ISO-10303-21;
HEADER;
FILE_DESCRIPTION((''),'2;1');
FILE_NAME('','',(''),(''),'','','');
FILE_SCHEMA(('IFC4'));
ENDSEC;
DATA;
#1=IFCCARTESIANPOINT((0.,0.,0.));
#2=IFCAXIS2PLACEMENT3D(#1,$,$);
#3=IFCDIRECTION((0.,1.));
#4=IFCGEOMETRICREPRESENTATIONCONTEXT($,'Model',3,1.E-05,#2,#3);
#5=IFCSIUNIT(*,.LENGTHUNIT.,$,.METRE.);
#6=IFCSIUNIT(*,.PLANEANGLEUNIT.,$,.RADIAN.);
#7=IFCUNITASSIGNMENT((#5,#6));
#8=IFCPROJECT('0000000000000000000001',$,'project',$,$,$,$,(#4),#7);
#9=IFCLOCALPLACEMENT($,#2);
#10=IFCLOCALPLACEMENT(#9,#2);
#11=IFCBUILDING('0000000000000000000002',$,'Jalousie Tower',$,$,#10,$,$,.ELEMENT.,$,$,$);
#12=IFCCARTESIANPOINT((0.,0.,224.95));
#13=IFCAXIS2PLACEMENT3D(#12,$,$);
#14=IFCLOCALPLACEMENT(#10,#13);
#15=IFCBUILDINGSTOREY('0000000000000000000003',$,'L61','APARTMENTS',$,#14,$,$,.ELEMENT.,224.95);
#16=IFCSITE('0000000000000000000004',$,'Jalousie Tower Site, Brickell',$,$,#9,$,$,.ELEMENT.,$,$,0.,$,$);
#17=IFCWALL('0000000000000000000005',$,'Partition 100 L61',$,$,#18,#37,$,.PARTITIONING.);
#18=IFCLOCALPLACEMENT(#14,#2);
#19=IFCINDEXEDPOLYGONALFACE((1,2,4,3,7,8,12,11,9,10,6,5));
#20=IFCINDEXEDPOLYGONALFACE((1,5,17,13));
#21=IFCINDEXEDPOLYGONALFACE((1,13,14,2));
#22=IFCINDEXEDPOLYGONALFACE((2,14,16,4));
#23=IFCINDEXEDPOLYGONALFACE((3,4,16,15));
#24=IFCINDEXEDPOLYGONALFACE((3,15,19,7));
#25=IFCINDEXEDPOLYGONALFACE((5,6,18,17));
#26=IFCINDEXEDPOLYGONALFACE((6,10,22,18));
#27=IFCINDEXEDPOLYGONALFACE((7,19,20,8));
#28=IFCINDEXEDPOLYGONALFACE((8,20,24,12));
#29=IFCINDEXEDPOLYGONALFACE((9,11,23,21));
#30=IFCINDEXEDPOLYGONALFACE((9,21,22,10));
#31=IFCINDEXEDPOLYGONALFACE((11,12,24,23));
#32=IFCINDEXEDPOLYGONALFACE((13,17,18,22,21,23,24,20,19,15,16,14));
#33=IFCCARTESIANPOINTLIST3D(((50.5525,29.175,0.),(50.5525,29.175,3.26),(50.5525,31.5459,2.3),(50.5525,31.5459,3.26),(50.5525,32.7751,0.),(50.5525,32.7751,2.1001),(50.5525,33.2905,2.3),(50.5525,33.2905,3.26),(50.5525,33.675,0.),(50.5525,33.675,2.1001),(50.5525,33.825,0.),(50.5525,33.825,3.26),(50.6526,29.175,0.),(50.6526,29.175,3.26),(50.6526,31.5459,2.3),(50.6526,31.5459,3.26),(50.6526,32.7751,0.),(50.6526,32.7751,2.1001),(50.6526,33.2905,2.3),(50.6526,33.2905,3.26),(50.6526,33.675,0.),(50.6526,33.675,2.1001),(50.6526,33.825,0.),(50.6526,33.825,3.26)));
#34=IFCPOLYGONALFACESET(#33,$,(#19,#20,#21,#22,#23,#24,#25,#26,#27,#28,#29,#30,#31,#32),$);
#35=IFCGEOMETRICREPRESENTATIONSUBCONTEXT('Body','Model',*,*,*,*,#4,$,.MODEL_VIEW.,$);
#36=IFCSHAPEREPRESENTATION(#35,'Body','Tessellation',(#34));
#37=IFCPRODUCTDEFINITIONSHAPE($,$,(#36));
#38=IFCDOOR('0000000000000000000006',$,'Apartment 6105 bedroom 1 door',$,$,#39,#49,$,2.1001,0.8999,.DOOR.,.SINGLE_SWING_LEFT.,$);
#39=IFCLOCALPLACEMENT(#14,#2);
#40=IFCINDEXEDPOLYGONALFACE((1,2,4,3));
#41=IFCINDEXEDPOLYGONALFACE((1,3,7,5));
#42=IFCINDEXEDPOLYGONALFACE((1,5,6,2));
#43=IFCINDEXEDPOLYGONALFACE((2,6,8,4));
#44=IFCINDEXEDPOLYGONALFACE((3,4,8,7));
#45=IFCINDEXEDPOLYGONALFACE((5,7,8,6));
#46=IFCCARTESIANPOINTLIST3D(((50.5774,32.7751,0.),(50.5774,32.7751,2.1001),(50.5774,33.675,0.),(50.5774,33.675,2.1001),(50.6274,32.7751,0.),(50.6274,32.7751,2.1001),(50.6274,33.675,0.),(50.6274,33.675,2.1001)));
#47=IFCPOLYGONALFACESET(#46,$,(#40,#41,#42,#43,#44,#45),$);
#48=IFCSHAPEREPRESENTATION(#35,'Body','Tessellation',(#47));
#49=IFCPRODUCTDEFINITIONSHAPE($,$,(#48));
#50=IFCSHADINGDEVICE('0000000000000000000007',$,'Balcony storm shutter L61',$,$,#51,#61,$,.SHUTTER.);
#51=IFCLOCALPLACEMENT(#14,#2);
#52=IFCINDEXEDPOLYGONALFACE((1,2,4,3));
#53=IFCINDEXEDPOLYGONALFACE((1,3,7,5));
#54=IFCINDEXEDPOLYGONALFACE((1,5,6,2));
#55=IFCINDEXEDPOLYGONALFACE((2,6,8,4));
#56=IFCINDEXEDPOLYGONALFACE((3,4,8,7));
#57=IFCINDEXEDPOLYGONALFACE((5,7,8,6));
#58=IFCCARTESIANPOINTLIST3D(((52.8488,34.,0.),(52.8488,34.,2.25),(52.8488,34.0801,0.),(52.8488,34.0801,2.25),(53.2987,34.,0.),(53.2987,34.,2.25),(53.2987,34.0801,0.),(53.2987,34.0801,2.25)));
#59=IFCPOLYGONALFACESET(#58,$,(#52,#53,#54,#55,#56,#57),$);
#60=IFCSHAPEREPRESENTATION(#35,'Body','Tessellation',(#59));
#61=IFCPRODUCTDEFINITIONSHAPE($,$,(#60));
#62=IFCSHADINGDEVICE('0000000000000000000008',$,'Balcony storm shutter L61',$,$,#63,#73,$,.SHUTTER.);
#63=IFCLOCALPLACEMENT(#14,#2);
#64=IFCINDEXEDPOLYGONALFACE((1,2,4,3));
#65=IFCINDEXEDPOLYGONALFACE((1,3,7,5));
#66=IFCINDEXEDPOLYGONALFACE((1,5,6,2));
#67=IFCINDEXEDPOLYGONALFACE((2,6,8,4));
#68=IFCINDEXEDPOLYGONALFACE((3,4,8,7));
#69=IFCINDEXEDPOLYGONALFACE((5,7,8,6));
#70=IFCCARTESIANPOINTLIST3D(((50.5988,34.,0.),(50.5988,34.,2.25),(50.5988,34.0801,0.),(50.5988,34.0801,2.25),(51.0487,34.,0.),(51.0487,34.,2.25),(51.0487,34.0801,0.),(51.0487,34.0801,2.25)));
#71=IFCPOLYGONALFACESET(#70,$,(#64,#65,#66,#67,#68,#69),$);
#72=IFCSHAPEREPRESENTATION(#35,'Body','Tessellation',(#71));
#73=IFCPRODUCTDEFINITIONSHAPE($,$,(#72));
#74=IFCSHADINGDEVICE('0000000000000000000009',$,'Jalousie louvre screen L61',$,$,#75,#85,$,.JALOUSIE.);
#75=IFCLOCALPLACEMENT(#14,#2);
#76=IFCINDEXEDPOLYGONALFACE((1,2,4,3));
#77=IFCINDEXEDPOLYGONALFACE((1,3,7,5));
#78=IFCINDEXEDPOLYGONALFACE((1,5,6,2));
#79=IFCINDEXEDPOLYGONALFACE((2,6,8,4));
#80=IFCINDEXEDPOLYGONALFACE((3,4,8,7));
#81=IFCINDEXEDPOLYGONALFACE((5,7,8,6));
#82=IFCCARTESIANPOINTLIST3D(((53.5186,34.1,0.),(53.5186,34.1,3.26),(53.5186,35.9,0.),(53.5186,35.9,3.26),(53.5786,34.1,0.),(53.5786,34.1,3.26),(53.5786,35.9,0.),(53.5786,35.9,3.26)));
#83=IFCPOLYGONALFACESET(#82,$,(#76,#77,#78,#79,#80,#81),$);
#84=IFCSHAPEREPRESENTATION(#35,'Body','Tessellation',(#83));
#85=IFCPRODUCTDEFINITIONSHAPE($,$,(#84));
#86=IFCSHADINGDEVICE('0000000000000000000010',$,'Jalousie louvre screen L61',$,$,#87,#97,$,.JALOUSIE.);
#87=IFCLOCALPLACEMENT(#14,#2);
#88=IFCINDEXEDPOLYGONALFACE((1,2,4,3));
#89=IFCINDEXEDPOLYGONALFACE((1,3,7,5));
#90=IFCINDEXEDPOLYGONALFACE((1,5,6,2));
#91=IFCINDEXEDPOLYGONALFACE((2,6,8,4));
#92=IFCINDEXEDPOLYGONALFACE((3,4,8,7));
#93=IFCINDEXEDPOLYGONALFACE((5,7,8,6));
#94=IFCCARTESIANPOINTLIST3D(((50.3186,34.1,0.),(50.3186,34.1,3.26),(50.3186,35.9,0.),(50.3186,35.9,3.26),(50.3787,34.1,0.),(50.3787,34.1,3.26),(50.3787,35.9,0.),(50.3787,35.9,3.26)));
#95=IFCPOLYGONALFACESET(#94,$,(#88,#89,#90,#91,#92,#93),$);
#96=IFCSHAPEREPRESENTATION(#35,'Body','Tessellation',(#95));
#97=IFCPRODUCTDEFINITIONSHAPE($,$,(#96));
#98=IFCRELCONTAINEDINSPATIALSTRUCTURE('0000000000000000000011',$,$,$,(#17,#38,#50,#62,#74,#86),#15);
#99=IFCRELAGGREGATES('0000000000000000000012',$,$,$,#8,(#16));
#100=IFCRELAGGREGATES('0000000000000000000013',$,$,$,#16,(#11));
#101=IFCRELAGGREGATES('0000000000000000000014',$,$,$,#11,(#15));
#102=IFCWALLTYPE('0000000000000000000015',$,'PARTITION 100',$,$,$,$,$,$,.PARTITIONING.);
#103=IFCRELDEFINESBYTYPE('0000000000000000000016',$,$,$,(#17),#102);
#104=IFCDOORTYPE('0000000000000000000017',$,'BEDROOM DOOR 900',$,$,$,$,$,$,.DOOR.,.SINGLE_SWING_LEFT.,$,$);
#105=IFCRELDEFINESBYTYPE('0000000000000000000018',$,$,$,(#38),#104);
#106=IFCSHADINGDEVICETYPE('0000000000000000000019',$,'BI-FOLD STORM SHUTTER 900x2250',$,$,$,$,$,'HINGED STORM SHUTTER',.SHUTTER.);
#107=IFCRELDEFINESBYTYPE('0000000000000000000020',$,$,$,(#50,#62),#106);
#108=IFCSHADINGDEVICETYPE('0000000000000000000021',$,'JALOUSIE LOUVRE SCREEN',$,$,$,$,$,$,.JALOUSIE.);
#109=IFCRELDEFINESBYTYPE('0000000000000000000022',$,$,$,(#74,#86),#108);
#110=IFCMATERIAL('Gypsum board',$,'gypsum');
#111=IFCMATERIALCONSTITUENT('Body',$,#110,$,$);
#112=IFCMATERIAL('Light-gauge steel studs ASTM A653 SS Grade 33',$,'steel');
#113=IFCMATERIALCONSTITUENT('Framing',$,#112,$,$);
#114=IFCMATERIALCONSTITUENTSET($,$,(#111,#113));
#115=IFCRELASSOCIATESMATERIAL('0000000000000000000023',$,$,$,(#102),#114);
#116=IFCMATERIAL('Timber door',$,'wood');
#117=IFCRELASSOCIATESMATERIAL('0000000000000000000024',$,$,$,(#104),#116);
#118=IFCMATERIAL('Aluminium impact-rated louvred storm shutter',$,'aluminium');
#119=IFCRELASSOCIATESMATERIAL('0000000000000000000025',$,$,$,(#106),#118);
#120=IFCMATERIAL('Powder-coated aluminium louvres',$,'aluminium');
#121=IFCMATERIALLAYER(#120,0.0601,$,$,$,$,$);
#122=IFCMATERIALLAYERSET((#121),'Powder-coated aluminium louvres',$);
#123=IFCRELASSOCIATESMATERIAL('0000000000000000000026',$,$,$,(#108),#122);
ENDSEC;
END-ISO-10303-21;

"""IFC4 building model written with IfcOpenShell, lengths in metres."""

from ifc_helpers import new_model, si_unit, direction, frame, frame_2d, origin, origin_2d, place, context, subcontext, project, spatial, polyline, rectangle, outline, extrude, material, layer, layer_set, constituent, constituent_set, type_object, element, fill, save


model = new_model("IFC4")

# Units and contexts
model_context = context("Model", 3, precision=1e-05, world=origin(), true_north=direction((0.0, 1.0)))
body_context = subcontext(model_context, "Body", "Model", "MODEL_VIEW")
ifc_project = project(units=[si_unit("LENGTHUNIT", "METRE"), si_unit("PLANEANGLEUNIT", "RADIAN")], contexts=[model_context])

# Site, building, storey
site_placement = place(None, origin())
site = spatial("IfcSite", under=ifc_project, at=site_placement, Name="Jalousie Tower Site, Brickell", CompositionType="ELEMENT", RefElevation=0.0)
building_placement = place(site_placement, origin())
building = spatial("IfcBuilding", under=site, at=building_placement, Name="Jalousie Tower", CompositionType="ELEMENT")
storey_placement = place(building_placement, frame((0.0, 0.0, 224.95)))
storey = spatial("IfcBuildingStorey", under=building, at=storey_placement, Name="L61", Description="APARTMENTS", CompositionType="ELEMENT", Elevation=224.95)

# Wall, opening, door
ifc_material_1 = material(Name="Gypsum board", Category="gypsum")
ifc_constituent_1 = constituent(ifc_material_1, Name="Body")
ifc_material_2 = material(Name="Light-gauge steel studs ASTM A653 SS Grade 33", Category="steel")
ifc_constituent_2 = constituent(ifc_material_2, Name="Framing")
ifc_constituent_set_1 = constituent_set(constituents=[ifc_constituent_1, ifc_constituent_2])
wall_type_1 = type_object("IfcWallType", Name="PARTITION 100", PredefinedType="PARTITIONING", material=ifc_constituent_set_1)
wall_1_placement = place(storey_placement, frame((50.6025, 33.825, 0.0), z_axis=(0.0, 0.0, 1.0), x_axis=(0.0, -1.0, 0.0)))
wall_1 = element("IfcWall", 1, at=wall_1_placement, inside=storey, type_object=wall_type_1, Name="Partition 100 L61", PredefinedType="PARTITIONING", context=body_context, shape_type="SweptSolid", body=[
    extrude(outline(polyline([(0.0, 0.0), (4.6499, 0.0), (4.6499, 3.26), (2.2791, 3.26), (2.2791, 2.3), (0.5344, 2.3), (0.5344, 3.26), (0.0, 3.26), (0.0, 0.0)])), frame((0.0, 0.05, 0.0), z_axis=(0.0, -1.0, 0.0), x_axis=(1.0, 0.0, 0.0)), (0.0, 0.0, 1.0), 0.1001),
])
opening_1_placement = place(wall_1_placement, frame((0.1499, 0.0, 0.0)))
opening_1 = element("IfcOpeningElement", 2, at=opening_1_placement, cuts=wall_1, PredefinedType="OPENING", context=body_context, shape_type="SweptSolid", body=[
    extrude(rectangle(XDim=0.8999, YDim=2.1001, at=frame_2d((0.45, 1.05))), frame((0.0, 0.0601, 0.0), z_axis=(0.0, -1.0, 0.0), x_axis=(1.0, 0.0, 0.0)), (0.0, 0.0, 1.0), 0.1201),
])
ifc_material_3 = material(Name="Timber door", Category="wood")
door_type_1 = type_object("IfcDoorType", Name="BEDROOM DOOR 900", OperationType="SINGLE_SWING_LEFT", PredefinedType="DOOR", material=ifc_material_3)
door_1_placement = place(opening_1_placement, origin())
door_1 = element("IfcDoor", 3, at=door_1_placement, inside=storey, type_object=door_type_1, Name="Apartment 6105 bedroom 1 door", OperationType="SINGLE_SWING_LEFT", OverallHeight=2.1001, OverallWidth=0.8999, PredefinedType="DOOR", context=body_context, shape_type="SweptSolid", body=[
    extrude(rectangle(XDim=0.8999, YDim=2.1001, at=frame_2d((0.45, 1.05))), frame((0.0, 0.0249, 0.0), z_axis=(0.0, -1.0, 0.0), x_axis=(1.0, 0.0, 0.0)), (0.0, 0.0, 1.0), 0.05),
])
fill(opening_1, door_1)

# Shading devices
ifc_material_4 = material(Name="Aluminium impact-rated louvred storm shutter", Category="aluminium")
shading_device_type_1 = type_object("IfcShadingDeviceType", Name="BI-FOLD STORM SHUTTER 900x2250", ElementType="HINGED STORM SHUTTER", PredefinedType="SHUTTER", material=ifc_material_4)
for number, where, z_axis, x_axis, name in (
    (4, (53.0737, 34.04, 0.0), (0.0, 0.0, 1.0), (-1.0, 0.0, 0.0), "Balcony storm shutter L61"),
    (5, (50.8237, 34.04, 0.0), (0.0, 0.0, 1.0), (-1.0, 0.0, 0.0), "Balcony storm shutter L61"),
):
    element("IfcShadingDevice", number, at=place(storey_placement, frame(where, z_axis=z_axis, x_axis=x_axis)), inside=storey, type_object=shading_device_type_1, Name=name, PredefinedType="SHUTTER", context=body_context, shape_type="SweptSolid", body=[
        extrude(rectangle(XDim=0.45, YDim=0.0801, at=origin_2d()), origin(), (0.0, 0.0, 1.0), 2.25),
    ])

# Shading devices
ifc_material_5 = material(Name="Powder-coated aluminium louvres", Category="aluminium")
ifc_layer = layer(ifc_material_5, 0.0601)
ifc_layer_set = layer_set([ifc_layer], Name="Powder-coated aluminium louvres")
shading_device_type_2 = type_object("IfcShadingDeviceType", Name="JALOUSIE LOUVRE SCREEN", PredefinedType="JALOUSIE", material=ifc_layer_set)
for number, where, z_axis, x_axis, name in (
    (6, (53.5486, 35.0, 0.0), (0.0, 0.0, 1.0), (-1.0, 0.0, 0.0), "Jalousie louvre screen L61"),
    (7, (50.3486, 35.0, 0.0), (0.0, 0.0, 1.0), (-1.0, 0.0, 0.0), "Jalousie louvre screen L61"),
):
    element("IfcShadingDevice", number, at=place(storey_placement, frame(where, z_axis=z_axis, x_axis=x_axis)), inside=storey, type_object=shading_device_type_2, Name=name, PredefinedType="JALOUSIE", context=body_context, shape_type="SweptSolid", body=[
        extrude(rectangle(XDim=0.0601, YDim=1.8, at=origin_2d()), origin(), (0.0, 0.0, 1.0), 3.26),
    ])

save(model, "model.ifc")
